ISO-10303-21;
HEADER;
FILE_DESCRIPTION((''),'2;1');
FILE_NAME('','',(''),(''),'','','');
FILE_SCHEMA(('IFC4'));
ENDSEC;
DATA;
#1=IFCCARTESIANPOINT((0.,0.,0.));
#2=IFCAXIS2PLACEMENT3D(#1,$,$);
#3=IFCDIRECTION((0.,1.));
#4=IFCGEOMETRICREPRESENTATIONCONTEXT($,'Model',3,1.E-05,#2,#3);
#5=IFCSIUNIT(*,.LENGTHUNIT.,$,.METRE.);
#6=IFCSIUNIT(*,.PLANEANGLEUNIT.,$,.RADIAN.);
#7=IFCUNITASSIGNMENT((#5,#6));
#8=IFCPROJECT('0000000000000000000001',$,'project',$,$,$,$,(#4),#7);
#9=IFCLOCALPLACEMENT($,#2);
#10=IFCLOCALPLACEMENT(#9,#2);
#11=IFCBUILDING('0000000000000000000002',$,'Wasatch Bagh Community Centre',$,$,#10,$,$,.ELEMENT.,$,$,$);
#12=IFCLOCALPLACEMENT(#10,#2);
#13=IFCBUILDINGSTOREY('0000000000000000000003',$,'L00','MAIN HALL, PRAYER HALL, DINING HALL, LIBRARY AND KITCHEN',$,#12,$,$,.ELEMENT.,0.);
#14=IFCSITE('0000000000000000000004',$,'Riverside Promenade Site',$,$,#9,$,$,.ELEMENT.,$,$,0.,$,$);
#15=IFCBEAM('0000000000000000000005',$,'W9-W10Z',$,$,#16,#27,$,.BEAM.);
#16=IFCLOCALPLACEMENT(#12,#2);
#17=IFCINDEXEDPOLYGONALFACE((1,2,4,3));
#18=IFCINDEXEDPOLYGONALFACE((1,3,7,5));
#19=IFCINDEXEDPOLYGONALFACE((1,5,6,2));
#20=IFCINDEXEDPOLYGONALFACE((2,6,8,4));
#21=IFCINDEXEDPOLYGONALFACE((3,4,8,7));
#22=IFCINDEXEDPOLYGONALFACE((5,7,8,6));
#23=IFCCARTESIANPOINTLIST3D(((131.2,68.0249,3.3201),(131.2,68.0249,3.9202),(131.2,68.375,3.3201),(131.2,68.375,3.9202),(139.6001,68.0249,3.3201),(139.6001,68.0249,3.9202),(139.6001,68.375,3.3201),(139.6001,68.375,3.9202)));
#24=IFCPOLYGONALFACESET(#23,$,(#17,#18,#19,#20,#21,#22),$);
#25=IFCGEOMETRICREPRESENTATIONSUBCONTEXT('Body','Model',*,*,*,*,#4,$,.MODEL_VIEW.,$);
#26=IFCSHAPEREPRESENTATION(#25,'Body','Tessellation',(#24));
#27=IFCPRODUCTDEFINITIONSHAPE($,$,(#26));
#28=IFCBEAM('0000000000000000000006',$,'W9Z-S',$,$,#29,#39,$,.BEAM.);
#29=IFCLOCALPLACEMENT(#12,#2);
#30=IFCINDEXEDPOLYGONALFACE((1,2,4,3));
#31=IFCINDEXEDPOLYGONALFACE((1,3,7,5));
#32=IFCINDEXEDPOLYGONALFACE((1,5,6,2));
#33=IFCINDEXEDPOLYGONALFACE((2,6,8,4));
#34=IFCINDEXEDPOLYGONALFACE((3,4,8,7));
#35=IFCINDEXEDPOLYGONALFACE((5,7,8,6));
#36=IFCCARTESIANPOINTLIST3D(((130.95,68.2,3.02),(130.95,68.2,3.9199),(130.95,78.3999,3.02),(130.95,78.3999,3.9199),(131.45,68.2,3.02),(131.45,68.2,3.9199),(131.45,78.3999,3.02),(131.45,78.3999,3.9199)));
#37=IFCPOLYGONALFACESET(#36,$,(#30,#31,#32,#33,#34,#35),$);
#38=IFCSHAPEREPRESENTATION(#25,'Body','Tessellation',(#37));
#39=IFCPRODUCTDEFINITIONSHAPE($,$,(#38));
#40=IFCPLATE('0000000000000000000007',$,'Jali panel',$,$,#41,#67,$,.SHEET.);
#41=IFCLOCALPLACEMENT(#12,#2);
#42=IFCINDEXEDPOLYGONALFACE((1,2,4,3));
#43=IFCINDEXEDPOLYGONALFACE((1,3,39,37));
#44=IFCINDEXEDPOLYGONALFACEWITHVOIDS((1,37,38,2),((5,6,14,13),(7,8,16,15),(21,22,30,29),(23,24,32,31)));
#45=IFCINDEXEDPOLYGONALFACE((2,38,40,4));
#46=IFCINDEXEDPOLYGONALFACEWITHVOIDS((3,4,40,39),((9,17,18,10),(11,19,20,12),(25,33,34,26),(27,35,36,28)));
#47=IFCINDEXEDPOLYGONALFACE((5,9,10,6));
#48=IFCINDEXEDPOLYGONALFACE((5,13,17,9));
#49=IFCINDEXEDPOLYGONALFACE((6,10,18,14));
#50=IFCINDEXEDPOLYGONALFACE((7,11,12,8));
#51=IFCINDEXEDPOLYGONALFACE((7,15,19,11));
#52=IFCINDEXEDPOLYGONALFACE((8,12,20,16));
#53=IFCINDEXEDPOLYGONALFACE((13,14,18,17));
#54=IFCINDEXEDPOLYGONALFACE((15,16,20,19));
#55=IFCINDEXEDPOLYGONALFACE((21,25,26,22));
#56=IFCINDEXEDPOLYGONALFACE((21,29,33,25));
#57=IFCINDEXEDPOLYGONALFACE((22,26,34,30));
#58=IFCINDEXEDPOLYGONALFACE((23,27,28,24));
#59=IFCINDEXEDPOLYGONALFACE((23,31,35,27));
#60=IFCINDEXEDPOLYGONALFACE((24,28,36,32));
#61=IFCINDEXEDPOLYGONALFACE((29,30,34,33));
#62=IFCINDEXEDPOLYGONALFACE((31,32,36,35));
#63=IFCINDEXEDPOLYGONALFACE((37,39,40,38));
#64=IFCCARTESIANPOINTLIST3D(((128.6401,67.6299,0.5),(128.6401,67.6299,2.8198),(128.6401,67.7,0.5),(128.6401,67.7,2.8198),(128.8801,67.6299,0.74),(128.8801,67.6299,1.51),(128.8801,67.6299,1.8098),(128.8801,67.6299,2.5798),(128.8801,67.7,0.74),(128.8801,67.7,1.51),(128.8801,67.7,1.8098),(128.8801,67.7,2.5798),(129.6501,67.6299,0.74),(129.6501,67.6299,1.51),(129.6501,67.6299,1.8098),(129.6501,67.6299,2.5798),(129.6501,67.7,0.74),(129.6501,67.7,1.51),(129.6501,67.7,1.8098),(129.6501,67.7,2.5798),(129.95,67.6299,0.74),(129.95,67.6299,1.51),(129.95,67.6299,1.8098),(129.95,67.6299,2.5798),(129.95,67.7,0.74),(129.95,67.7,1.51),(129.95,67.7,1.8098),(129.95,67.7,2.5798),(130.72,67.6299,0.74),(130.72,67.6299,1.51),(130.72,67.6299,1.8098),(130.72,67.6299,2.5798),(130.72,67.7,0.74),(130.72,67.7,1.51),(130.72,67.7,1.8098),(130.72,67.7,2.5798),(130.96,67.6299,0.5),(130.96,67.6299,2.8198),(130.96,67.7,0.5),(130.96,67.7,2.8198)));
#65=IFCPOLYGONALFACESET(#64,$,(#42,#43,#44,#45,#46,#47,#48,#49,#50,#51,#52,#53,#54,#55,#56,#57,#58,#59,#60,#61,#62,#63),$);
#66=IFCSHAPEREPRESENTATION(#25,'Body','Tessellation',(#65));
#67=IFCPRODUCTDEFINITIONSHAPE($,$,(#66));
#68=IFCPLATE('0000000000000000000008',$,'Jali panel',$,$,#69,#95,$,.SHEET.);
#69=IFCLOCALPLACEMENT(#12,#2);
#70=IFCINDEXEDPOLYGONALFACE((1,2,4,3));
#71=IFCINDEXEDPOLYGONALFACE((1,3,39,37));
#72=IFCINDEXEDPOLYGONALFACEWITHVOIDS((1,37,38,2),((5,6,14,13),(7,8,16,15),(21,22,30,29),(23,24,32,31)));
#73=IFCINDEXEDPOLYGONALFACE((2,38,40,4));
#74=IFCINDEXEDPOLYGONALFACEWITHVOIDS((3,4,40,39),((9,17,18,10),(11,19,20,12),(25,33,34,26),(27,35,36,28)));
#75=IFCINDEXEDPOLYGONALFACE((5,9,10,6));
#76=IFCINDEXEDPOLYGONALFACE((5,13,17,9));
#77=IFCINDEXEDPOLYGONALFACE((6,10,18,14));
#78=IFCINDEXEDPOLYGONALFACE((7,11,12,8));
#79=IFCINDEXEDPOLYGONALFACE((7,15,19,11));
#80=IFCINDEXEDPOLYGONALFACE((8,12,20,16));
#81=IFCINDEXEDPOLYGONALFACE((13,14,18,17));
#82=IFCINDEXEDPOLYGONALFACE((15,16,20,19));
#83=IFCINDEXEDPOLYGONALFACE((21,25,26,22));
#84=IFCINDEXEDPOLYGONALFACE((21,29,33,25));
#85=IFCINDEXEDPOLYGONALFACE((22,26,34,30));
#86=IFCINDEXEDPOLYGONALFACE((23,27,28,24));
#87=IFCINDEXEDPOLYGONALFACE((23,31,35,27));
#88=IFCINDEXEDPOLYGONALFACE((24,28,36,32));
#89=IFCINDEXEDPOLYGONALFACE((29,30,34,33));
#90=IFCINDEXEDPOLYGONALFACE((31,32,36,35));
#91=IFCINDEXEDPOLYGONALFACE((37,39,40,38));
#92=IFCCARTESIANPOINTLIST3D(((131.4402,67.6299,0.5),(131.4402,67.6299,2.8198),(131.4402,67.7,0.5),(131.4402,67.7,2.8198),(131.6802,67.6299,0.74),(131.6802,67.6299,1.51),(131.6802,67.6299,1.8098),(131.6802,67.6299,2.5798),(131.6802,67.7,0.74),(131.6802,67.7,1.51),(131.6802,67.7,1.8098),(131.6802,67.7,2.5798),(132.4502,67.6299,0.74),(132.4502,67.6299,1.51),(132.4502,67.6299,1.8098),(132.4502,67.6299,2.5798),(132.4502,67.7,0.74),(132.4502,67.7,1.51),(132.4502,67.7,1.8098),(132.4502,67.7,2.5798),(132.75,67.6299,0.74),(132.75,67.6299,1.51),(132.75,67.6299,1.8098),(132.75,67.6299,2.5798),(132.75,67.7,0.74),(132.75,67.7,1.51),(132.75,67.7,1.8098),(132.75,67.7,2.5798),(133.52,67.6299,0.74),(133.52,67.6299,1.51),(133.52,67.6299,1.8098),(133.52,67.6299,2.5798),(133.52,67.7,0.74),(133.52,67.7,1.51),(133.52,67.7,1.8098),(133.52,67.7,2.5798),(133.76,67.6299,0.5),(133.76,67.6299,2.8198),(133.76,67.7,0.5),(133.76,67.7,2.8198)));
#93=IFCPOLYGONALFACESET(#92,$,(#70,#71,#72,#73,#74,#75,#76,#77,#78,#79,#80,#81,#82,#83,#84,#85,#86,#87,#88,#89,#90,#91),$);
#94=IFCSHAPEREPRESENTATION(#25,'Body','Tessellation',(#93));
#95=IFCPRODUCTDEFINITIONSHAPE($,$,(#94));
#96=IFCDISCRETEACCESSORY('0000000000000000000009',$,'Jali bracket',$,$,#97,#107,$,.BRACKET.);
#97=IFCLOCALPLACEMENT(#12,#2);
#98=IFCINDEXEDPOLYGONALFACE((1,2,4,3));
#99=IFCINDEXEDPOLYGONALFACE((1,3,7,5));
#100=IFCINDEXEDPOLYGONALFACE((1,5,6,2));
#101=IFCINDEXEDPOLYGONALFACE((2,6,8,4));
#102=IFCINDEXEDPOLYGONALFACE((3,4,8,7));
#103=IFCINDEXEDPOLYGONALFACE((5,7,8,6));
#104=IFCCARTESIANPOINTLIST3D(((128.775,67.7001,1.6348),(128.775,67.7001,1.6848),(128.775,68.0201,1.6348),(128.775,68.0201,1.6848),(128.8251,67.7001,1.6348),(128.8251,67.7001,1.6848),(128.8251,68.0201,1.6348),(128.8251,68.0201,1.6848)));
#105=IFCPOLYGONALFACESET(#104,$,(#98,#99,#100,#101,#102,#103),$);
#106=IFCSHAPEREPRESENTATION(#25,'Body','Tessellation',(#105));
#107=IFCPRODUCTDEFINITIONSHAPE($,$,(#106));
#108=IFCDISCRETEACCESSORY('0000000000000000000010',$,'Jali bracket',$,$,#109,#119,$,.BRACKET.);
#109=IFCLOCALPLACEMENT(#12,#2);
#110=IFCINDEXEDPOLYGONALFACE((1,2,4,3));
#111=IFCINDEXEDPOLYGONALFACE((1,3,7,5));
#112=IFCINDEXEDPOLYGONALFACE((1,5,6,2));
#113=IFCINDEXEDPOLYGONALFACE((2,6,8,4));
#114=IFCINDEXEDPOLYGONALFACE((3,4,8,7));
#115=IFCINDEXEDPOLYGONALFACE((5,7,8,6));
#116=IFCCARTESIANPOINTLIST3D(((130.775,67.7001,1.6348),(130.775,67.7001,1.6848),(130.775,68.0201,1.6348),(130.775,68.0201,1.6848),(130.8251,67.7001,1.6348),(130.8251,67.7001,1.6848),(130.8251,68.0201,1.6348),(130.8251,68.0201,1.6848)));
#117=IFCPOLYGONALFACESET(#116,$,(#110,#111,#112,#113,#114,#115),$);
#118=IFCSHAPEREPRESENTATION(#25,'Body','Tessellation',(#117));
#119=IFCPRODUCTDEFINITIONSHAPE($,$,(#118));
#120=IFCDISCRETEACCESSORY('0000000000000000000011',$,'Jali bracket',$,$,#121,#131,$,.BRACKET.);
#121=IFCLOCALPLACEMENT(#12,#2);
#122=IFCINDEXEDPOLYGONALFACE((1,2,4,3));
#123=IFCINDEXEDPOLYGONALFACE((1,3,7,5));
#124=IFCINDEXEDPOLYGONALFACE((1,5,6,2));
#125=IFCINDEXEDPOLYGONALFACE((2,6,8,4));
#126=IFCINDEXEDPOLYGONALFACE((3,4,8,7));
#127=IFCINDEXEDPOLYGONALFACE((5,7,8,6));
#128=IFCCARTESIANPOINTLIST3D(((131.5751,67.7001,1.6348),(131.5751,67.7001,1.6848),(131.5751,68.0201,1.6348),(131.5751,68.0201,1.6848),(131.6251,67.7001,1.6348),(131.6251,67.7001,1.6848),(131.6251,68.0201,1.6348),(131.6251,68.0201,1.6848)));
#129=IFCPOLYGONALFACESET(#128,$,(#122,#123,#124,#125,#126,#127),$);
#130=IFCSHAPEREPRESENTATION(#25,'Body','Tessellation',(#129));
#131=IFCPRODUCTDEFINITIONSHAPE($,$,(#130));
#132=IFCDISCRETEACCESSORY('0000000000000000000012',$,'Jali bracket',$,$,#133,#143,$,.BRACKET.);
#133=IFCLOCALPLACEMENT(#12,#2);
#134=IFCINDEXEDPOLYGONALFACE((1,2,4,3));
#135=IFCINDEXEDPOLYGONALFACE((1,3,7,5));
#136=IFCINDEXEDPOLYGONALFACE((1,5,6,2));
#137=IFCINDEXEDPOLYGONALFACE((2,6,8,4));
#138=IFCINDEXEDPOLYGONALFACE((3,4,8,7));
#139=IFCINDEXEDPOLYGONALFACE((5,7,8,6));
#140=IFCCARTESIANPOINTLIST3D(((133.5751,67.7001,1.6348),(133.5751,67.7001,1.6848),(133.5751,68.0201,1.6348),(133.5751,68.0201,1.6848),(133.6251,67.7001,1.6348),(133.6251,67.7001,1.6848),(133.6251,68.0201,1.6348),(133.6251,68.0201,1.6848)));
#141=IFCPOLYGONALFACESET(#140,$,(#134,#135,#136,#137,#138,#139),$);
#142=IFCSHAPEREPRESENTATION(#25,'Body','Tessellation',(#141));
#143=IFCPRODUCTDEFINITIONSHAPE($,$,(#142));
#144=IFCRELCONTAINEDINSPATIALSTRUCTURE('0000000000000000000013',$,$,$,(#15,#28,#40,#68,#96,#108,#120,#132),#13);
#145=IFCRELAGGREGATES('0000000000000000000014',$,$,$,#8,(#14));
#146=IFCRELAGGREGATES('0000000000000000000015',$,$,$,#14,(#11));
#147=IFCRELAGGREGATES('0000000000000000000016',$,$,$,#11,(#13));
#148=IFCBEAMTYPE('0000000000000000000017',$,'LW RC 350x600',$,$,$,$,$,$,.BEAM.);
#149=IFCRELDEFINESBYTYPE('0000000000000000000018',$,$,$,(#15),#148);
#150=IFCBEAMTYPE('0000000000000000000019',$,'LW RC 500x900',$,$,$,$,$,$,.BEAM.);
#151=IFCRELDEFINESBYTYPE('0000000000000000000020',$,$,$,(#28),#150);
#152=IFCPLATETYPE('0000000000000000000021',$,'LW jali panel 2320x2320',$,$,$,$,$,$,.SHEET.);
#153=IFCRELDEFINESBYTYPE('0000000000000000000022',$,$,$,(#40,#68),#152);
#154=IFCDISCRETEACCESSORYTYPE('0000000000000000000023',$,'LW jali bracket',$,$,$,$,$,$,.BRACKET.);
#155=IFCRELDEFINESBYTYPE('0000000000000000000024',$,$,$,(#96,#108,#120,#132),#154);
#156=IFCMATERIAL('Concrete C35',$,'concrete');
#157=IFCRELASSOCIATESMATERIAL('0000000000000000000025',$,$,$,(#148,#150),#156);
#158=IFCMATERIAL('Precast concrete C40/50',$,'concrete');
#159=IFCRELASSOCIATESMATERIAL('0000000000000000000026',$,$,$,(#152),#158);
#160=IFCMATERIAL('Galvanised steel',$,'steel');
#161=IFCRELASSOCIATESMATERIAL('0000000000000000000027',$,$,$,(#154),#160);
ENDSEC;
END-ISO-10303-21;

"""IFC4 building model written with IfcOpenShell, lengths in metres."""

from ifc_helpers import new_model, si_unit, direction, frame, origin, origin_2d, place, context, subcontext, project, spatial, polyline, rectangle, outline, extrude, material, material_profile, profile_set, type_object, element, save


model = new_model("IFC4")

# Units and contexts
model_context = context("Model", 3, precision=1e-05, world=origin(), true_north=direction((0.0, 1.0)))
body_context = subcontext(model_context, "Body", "Model", "MODEL_VIEW")
ifc_project = project(units=[si_unit("LENGTHUNIT", "METRE"), si_unit("PLANEANGLEUNIT", "RADIAN")], contexts=[model_context])

# Site, building, storey
site_placement = place(None, origin())
site = spatial("IfcSite", under=ifc_project, at=site_placement, Name="Riverside Promenade Site", CompositionType="ELEMENT", RefElevation=0.0)
building_placement = place(site_placement, origin())
building = spatial("IfcBuilding", under=site, at=building_placement, Name="Wasatch Bagh Community Centre", CompositionType="ELEMENT")
storey_placement = place(building_placement, origin())
storey = spatial("IfcBuildingStorey", under=building, at=storey_placement, Name="L00", Description="MAIN HALL, PRAYER HALL, DINING HALL, LIBRARY AND KITCHEN", CompositionType="ELEMENT", Elevation=0.0)

# Shared definitions
ifc_material_1 = material(Name="Concrete C35", Category="concrete")

# Beams
ifc_material_profile_1 = material_profile(ifc_material_1, rectangle(XDim=0.3501, YDim=0.6001, at=origin_2d()), Name="RC 350x600")
ifc_profile_set_1 = profile_set([ifc_material_profile_1], Name="Concrete C35")
beam_type_1 = type_object("IfcBeamType", Name="LW RC 350x600", PredefinedType="BEAM", material=ifc_profile_set_1)
beam_1_placement = place(storey_placement, frame((131.2, 68.2, 3.6201), z_axis=(1.0, 0.0, 0.0), x_axis=(0.0, 1.0, 0.0)))
element("IfcBeam", 1, at=beam_1_placement, inside=storey, type_object=beam_type_1, Name="W9-W10Z", PredefinedType="BEAM", context=body_context, shape_type="SweptSolid", body=[
    extrude(rectangle(XDim=0.3501, YDim=0.6001, at=origin_2d()), origin(), (0.0, 0.0, 1.0), 8.4001),
])
ifc_material_profile_2 = material_profile(ifc_material_1, rectangle(XDim=0.5, YDim=0.8999, at=origin_2d()), Name="RC 500x900")
ifc_profile_set_2 = profile_set([ifc_material_profile_2], Name="Concrete C35")
beam_type_2 = type_object("IfcBeamType", Name="LW RC 500x900", PredefinedType="BEAM", material=ifc_profile_set_2)
beam_2_placement = place(storey_placement, frame((131.2, 68.2, 3.47), z_axis=(0.0, 1.0, 0.0), x_axis=(-1.0, 0.0, 0.0)))
element("IfcBeam", 2, at=beam_2_placement, inside=storey, type_object=beam_type_2, Name="W9Z-S", PredefinedType="BEAM", context=body_context, shape_type="SweptSolid", body=[
    extrude(rectangle(XDim=0.5, YDim=0.8999, at=origin_2d()), origin(), (0.0, 0.0, 1.0), 10.2),
])

# Plates
ifc_material_2 = material(Name="Precast concrete C40/50", Category="concrete")
ifc_material_profile_3 = material_profile(ifc_material_2, outline(polyline([(-1.1599, -1.1599), (1.1599, -1.1599), (1.1599, 1.1599), (-1.1599, 1.1599), (-1.1599, -1.1599)]), holes=[polyline([(-0.9199, -0.9199), (-0.1499, -0.9199), (-0.1499, -0.1499), (-0.9199, -0.1499), (-0.9199, -0.9199)]), polyline([(-0.9199, 0.1499), (-0.1499, 0.1499), (-0.1499, 0.9199), (-0.9199, 0.9199), (-0.9199, 0.1499)]), polyline([(0.1499, -0.9199), (0.9199, -0.9199), (0.9199, -0.1499), (0.1499, -0.1499), (0.1499, -0.9199)]), polyline([(0.1499, 0.1499), (0.9199, 0.1499), (0.9199, 0.9199), (0.1499, 0.9199), (0.1499, 0.1499)])]), Name="Jali lattice")
ifc_profile_set_3 = profile_set([ifc_material_profile_3], Name="Precast concrete C40/50")
plate_type = type_object("IfcPlateType", Name="LW jali panel 2320x2320", PredefinedType="SHEET", material=ifc_profile_set_3)
for number, where, z_axis, x_axis, name in (
    (3, (129.8, 67.7, 1.6599), (0.0, -1.0, 0.0), (1.0, 0.0, 0.0), "Jali panel"),
    (4, (132.6001, 67.7, 1.6599), (0.0, -1.0, 0.0), (1.0, 0.0, 0.0), "Jali panel"),
):
    element("IfcPlate", number, at=place(storey_placement, frame(where, z_axis=z_axis, x_axis=x_axis)), inside=storey, type_object=plate_type, Name=name, PredefinedType="SHEET", context=body_context, shape_type="SweptSolid", body=[
        extrude(outline(polyline([(-1.1599, -1.1599), (1.1599, -1.1599), (1.1599, 1.1599), (-1.1599, 1.1599), (-1.1599, -1.1599)]), holes=[polyline([(-0.9199, -0.9199), (-0.1499, -0.9199), (-0.1499, -0.1499), (-0.9199, -0.1499), (-0.9199, -0.9199)]), polyline([(-0.9199, 0.1499), (-0.1499, 0.1499), (-0.1499, 0.9199), (-0.9199, 0.9199), (-0.9199, 0.1499)]), polyline([(0.1499, -0.9199), (0.9199, -0.9199), (0.9199, -0.1499), (0.1499, -0.1499), (0.1499, -0.9199)]), polyline([(0.1499, 0.1499), (0.9199, 0.1499), (0.9199, 0.9199), (0.1499, 0.9199), (0.1499, 0.1499)])]), origin(), (0.0, 0.0, 1.0), 0.0701),
    ])

# Discrete accessories
ifc_material_3 = material(Name="Galvanised steel", Category="steel")
discrete_accessory_type = type_object("IfcDiscreteAccessoryType", Name="LW jali bracket", PredefinedType="BRACKET", material=ifc_material_3)
for number, where, z_axis, x_axis, name in (
    (5, (128.8, 67.8601, 1.6348), (0.0, 0.0, 1.0), (1.0, 0.0, 0.0), "Jali bracket"),
    (6, (130.8, 67.8601, 1.6348), (0.0, 0.0, 1.0), (1.0, 0.0, 0.0), "Jali bracket"),
    (7, (131.6001, 67.8601, 1.6348), (0.0, 0.0, 1.0), (1.0, 0.0, 0.0), "Jali bracket"),
    (8, (133.6001, 67.8601, 1.6348), (0.0, 0.0, 1.0), (1.0, 0.0, 0.0), "Jali bracket"),
):
    element("IfcDiscreteAccessory", number, at=place(storey_placement, frame(where, z_axis=z_axis, x_axis=x_axis)), inside=storey, type_object=discrete_accessory_type, Name=name, PredefinedType="BRACKET", context=body_context, shape_type="SweptSolid", body=[
        extrude(rectangle(XDim=0.05, YDim=0.3201, at=origin_2d()), origin(), (0.0, 0.0, 1.0), 0.05),
    ])

save(model, "model.ifc")
